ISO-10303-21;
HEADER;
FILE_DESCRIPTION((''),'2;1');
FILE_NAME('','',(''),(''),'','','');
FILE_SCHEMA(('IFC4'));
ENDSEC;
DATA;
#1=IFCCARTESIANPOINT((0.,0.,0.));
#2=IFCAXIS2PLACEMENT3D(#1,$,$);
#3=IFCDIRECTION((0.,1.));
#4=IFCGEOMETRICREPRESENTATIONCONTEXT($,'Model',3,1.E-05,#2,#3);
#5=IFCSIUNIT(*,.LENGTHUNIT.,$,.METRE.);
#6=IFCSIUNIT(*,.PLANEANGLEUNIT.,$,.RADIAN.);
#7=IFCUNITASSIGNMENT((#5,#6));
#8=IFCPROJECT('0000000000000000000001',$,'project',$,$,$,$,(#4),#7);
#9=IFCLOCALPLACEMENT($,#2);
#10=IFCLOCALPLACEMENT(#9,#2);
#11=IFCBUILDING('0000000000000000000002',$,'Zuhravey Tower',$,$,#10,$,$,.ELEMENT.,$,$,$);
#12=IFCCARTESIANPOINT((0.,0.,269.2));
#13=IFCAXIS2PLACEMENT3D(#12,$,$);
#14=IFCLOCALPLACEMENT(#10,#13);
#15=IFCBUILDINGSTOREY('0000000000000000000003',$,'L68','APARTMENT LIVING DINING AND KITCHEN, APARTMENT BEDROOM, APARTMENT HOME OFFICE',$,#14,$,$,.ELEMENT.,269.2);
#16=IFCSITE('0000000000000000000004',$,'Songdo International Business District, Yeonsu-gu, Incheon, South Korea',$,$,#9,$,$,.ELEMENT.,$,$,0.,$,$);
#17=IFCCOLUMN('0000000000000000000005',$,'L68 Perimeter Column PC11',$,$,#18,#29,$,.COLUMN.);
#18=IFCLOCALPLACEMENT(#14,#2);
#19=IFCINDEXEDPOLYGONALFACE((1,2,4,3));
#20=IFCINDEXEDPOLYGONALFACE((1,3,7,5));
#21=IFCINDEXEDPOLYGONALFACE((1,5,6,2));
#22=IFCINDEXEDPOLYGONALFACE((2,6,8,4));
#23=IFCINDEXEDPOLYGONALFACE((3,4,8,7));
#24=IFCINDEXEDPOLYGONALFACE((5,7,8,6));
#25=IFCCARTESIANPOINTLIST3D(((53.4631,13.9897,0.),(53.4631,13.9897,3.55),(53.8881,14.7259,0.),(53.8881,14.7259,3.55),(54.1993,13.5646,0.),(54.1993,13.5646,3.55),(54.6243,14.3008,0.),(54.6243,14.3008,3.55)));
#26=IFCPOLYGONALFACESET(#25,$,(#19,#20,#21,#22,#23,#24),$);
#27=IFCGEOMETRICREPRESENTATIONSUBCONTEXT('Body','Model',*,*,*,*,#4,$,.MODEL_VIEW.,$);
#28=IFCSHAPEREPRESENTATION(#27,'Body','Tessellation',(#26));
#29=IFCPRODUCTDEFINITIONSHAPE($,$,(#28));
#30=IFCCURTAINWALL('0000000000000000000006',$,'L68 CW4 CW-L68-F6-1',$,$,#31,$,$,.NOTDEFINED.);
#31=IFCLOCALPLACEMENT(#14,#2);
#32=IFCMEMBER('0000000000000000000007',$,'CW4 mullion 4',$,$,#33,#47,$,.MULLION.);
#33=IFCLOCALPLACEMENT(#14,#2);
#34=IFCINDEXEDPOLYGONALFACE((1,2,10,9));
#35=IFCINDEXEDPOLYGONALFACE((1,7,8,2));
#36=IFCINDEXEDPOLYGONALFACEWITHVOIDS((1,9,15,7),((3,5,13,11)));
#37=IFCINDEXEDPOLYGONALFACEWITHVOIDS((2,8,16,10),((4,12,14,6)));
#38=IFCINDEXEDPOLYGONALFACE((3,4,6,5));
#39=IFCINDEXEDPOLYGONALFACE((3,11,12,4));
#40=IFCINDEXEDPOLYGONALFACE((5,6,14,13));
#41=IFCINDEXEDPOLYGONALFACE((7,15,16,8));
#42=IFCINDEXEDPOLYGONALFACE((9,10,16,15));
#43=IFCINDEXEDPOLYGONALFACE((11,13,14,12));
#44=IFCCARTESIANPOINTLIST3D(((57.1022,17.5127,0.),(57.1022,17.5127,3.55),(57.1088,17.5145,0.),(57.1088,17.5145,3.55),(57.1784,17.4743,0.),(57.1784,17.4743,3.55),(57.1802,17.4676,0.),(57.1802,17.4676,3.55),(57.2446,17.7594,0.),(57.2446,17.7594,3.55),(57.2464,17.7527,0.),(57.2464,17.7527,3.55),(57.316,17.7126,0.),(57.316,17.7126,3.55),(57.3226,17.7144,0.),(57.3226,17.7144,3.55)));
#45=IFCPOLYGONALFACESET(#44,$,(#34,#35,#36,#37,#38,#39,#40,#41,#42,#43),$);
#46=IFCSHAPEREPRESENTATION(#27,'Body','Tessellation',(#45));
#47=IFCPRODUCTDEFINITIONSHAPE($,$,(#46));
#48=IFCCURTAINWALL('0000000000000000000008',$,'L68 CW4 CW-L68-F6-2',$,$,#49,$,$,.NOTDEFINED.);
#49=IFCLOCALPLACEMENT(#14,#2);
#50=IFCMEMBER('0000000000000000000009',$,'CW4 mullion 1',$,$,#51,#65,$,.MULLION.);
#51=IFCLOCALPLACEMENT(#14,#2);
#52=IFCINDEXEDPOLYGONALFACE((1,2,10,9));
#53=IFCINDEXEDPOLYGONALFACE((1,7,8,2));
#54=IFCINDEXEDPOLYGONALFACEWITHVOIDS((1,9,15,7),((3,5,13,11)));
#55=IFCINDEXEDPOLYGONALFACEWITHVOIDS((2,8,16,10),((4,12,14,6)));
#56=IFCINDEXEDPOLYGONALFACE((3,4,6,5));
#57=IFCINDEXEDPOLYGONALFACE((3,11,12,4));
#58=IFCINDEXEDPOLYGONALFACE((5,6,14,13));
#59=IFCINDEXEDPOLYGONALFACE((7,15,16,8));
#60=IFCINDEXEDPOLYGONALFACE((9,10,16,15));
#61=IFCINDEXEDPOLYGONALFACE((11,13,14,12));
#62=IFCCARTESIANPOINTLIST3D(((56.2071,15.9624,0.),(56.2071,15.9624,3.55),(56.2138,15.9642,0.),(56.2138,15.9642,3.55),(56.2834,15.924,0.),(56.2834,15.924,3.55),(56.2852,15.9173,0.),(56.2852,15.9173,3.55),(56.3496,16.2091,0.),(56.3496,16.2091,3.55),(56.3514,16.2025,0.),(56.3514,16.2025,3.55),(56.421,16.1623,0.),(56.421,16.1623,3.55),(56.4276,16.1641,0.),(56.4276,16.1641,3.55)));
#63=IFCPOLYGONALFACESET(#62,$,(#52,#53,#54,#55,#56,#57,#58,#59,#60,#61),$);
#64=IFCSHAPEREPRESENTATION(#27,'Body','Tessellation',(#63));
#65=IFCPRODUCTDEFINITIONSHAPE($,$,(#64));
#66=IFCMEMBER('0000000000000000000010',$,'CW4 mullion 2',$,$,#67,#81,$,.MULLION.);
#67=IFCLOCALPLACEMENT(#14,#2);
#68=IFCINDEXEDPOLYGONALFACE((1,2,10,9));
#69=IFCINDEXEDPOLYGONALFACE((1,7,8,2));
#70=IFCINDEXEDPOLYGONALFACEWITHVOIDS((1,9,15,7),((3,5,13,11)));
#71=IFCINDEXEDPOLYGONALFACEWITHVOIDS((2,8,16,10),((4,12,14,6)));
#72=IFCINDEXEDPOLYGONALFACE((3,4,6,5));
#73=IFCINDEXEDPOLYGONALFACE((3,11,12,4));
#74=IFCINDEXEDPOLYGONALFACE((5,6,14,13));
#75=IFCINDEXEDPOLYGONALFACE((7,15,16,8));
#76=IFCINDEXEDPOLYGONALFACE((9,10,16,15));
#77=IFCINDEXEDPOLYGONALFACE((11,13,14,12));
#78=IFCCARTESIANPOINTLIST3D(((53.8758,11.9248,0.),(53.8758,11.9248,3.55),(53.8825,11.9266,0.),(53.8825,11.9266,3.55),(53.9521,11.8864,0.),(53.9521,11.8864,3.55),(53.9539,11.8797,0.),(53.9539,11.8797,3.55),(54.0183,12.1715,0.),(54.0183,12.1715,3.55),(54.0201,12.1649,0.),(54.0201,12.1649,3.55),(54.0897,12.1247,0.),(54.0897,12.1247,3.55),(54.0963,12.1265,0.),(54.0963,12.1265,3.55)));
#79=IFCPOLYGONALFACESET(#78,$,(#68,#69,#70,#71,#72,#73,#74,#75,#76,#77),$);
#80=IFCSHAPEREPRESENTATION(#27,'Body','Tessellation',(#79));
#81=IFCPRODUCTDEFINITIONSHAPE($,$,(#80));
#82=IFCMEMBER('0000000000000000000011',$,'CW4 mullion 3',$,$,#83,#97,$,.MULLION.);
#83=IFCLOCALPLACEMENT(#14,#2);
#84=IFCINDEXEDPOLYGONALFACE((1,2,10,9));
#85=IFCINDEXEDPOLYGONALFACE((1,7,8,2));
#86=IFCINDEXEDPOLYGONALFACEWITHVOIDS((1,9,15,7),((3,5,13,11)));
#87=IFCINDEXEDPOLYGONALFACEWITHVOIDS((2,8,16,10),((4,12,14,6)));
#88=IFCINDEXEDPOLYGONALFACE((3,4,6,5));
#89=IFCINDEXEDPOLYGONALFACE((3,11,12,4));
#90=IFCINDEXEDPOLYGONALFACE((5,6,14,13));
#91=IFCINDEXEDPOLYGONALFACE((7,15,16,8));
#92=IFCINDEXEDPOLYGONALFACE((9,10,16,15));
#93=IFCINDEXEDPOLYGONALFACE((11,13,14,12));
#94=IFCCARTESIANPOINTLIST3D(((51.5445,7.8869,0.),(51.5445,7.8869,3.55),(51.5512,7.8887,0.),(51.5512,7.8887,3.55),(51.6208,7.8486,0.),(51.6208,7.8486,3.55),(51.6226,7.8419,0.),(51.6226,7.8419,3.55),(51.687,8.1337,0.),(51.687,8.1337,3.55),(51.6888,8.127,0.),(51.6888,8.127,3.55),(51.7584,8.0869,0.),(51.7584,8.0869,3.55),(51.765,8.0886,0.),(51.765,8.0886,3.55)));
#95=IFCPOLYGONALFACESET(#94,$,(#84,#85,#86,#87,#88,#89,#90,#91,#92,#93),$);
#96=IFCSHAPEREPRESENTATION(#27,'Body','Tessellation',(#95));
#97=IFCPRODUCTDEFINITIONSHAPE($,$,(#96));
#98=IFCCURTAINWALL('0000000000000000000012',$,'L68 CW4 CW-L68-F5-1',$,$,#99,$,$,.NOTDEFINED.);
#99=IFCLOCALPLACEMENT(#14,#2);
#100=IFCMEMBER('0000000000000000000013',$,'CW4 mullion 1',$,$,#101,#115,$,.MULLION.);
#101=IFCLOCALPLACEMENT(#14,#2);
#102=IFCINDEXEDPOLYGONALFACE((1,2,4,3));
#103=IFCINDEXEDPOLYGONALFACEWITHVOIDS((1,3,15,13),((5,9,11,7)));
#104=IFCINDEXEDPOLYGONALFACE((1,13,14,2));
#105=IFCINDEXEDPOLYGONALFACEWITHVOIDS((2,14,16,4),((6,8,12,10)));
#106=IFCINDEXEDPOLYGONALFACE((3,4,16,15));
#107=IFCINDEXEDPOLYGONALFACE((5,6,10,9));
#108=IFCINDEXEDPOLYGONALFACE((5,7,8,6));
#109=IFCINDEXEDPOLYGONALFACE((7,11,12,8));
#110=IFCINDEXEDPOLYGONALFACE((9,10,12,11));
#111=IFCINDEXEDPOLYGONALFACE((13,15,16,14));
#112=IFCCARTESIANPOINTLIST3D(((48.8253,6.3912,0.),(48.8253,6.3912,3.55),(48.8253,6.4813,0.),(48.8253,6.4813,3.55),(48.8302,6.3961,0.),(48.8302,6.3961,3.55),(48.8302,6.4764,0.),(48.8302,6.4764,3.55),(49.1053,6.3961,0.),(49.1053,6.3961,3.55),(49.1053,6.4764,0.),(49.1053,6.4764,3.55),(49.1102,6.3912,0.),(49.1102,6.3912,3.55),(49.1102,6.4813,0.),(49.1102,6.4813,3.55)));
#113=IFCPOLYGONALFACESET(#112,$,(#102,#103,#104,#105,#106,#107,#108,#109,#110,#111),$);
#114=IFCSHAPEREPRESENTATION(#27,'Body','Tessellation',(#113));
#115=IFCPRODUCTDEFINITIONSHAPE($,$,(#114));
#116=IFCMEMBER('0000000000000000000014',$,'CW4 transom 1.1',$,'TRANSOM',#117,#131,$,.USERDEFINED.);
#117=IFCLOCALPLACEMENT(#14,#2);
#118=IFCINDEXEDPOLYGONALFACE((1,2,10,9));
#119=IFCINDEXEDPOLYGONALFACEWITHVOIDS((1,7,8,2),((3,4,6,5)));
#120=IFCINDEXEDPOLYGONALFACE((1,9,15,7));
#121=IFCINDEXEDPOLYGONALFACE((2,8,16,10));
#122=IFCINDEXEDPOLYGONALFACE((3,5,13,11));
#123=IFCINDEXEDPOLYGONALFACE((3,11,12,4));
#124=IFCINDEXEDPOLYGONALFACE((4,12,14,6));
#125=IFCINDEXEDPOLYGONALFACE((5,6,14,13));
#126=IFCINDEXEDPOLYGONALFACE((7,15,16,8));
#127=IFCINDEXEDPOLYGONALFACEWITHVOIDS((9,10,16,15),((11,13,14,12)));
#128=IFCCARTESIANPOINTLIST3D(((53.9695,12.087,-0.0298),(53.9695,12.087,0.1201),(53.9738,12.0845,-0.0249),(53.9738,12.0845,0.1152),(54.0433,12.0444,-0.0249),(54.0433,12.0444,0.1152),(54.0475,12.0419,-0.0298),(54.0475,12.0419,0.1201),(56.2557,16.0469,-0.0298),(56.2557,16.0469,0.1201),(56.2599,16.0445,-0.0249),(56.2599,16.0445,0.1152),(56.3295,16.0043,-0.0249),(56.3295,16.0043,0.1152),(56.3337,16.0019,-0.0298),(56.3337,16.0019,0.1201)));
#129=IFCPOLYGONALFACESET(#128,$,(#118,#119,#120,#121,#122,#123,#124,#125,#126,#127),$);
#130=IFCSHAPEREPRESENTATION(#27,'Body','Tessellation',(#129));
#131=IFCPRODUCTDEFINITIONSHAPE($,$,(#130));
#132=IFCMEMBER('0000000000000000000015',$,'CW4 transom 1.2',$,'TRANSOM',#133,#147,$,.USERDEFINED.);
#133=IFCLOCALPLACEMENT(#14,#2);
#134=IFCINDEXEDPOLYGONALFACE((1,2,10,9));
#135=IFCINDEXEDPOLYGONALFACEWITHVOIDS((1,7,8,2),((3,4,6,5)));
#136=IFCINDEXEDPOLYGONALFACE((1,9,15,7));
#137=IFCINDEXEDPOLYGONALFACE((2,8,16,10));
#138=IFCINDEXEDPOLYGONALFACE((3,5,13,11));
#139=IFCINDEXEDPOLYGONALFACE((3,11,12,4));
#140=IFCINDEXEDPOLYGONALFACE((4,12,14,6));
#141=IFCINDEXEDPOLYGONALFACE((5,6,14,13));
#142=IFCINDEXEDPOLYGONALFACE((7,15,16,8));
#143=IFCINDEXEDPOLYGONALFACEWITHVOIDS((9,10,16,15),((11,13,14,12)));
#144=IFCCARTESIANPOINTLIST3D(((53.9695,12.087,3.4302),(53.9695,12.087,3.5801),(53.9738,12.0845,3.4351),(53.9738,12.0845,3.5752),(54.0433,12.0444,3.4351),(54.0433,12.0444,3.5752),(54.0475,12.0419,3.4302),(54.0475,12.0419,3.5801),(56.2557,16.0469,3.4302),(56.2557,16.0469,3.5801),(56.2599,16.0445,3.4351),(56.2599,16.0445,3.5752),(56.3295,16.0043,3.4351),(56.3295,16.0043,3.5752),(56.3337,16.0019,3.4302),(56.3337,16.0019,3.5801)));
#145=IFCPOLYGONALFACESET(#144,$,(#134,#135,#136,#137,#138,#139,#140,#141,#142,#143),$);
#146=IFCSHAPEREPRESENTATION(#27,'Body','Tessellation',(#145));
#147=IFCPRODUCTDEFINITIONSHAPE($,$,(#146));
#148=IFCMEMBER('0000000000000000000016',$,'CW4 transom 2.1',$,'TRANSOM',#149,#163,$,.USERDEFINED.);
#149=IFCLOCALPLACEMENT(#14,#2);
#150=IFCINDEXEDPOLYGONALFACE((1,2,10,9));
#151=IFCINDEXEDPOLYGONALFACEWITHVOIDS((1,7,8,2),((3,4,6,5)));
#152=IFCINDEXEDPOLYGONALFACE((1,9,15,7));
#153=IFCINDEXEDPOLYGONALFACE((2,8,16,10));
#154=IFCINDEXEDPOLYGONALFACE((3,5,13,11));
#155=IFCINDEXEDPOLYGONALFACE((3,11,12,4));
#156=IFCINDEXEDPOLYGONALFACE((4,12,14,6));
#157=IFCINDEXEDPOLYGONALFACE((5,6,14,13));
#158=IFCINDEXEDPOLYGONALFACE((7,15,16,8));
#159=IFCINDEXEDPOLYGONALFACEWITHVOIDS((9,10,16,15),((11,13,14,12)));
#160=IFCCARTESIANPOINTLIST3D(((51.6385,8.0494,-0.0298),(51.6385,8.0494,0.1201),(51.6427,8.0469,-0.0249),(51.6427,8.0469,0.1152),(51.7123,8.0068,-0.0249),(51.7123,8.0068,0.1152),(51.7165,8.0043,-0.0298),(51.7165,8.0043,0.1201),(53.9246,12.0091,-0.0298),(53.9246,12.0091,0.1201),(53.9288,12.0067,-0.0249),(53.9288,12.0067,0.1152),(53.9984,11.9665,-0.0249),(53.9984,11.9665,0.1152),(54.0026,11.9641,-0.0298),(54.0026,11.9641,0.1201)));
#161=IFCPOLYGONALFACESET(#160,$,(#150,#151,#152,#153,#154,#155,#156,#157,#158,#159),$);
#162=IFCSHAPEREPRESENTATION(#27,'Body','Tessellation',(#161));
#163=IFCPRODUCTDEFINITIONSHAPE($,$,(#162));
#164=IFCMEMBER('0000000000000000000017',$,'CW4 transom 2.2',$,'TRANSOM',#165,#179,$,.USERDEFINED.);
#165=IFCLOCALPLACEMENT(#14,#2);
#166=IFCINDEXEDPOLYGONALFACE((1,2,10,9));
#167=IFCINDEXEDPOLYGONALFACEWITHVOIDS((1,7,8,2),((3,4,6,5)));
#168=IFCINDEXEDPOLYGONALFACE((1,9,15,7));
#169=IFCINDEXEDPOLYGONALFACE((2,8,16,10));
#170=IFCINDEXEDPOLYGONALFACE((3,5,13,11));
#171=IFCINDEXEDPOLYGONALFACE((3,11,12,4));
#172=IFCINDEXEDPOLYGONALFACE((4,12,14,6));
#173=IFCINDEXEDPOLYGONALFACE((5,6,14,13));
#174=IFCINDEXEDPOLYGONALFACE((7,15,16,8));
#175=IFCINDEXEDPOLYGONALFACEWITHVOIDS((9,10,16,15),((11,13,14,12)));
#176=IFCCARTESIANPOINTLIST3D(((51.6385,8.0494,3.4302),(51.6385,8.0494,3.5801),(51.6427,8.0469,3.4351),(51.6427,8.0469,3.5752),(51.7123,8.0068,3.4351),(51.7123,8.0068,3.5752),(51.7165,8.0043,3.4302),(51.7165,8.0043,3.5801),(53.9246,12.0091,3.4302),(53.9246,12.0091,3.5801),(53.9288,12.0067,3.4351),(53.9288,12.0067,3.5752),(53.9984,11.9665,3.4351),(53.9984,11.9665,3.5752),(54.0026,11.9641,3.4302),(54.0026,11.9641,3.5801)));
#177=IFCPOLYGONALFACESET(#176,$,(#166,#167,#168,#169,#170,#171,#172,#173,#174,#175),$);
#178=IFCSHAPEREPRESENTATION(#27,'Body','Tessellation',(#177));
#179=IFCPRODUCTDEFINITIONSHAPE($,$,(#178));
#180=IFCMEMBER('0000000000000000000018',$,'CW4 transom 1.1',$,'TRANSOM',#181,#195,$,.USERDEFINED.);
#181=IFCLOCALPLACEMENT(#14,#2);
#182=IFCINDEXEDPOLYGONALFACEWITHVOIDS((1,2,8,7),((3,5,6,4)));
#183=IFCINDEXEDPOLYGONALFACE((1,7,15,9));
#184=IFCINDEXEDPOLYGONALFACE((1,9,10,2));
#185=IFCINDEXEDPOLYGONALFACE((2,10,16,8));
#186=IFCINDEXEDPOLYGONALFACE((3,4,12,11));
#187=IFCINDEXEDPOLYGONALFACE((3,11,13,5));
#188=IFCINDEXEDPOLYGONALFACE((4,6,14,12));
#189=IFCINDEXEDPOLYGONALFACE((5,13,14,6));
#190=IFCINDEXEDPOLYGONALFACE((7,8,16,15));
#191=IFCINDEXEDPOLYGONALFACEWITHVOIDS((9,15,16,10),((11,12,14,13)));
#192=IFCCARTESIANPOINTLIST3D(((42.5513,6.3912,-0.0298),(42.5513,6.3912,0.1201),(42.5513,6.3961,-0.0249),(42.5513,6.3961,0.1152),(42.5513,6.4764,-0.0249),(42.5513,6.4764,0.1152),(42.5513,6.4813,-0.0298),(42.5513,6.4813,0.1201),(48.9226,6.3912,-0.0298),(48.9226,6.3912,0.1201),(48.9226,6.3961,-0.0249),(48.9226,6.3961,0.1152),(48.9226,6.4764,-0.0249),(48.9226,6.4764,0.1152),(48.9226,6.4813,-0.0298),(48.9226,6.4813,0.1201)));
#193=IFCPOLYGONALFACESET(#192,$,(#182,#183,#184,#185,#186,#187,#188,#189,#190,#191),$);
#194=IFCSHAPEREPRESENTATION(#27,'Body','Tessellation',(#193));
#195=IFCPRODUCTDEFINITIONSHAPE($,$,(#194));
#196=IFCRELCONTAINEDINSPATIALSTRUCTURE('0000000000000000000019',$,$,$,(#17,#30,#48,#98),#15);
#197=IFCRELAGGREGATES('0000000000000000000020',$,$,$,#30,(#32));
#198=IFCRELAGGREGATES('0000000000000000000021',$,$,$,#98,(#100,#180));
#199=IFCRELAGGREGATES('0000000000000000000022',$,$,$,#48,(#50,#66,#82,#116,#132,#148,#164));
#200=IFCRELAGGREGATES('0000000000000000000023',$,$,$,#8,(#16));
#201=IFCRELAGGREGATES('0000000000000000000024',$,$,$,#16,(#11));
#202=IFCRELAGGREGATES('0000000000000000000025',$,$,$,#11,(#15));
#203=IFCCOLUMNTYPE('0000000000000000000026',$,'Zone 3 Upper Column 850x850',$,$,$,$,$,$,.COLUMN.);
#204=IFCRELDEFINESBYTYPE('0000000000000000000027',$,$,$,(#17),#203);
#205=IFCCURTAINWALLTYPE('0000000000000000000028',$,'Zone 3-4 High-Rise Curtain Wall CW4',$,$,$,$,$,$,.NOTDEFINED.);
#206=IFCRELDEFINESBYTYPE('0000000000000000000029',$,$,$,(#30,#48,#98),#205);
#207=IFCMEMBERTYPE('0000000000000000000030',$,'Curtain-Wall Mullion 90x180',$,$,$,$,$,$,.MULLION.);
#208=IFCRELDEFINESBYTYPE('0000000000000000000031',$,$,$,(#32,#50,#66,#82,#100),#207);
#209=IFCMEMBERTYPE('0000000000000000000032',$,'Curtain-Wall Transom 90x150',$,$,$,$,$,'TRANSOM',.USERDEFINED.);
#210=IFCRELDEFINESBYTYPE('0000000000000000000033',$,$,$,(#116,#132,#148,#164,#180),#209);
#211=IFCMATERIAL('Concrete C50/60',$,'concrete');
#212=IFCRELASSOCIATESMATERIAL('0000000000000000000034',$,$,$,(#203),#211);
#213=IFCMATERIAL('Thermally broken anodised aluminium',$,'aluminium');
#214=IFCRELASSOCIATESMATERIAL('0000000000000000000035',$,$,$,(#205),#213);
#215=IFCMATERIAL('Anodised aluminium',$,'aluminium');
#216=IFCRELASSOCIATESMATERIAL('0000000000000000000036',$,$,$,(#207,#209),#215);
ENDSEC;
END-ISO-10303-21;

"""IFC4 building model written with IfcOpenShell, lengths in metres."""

from ifc_helpers import new_model, si_unit, direction, frame, origin, origin_2d, place, context, subcontext, project, spatial, rectangle, hollow_rectangle, extrude, material, material_profile, profile_set, type_object, element, aggregate, save


model = new_model("IFC4")

# Units and contexts
model_context = context("Model", 3, precision=1e-05, world=origin(), true_north=direction((0.0, 1.0)))
body_context = subcontext(model_context, "Body", "Model", "MODEL_VIEW")
ifc_project = project(units=[si_unit("LENGTHUNIT", "METRE"), si_unit("PLANEANGLEUNIT", "RADIAN")], contexts=[model_context])

# Site, building, storey
site_placement = place(None, origin())
site = spatial("IfcSite", under=ifc_project, at=site_placement, Name="Songdo International Business District, Yeonsu-gu, Incheon, South Korea", CompositionType="ELEMENT", RefElevation=0.0)
building_placement = place(site_placement, origin())
building = spatial("IfcBuilding", under=site, at=building_placement, Name="Zuhravey Tower", CompositionType="ELEMENT")
storey_placement = place(building_placement, frame((0.0, 0.0, 269.2)))
storey = spatial("IfcBuildingStorey", under=building, at=storey_placement, Name="L68", Description="APARTMENT LIVING DINING AND KITCHEN, APARTMENT BEDROOM, APARTMENT HOME OFFICE", CompositionType="ELEMENT", Elevation=269.2)

# Column
ifc_material_1 = material(Name="Concrete C50/60", Category="concrete")
ifc_material_profile_1 = material_profile(ifc_material_1, rectangle(XDim=0.8501, YDim=0.8501, at=origin_2d()), Name="RC-850x850")
ifc_profile_set_1 = profile_set([ifc_material_profile_1], Name="Concrete C50/60")
column_type = type_object("IfcColumnType", Name="Zone 3 Upper Column 850x850", PredefinedType="COLUMN", material=ifc_profile_set_1)
column_placement = place(storey_placement, frame((54.0437, 14.1453, 0.0), z_axis=(0.0, 0.0, 1.0), x_axis=(0.5, 0.866025, 0.0)))
element("IfcColumn", 1, at=column_placement, inside=storey, type_object=column_type, Name="L68 Perimeter Column PC11", PredefinedType="COLUMN", context=body_context, shape_type="SweptSolid", body=[
    extrude(rectangle(XDim=0.8501, YDim=0.8501, at=origin_2d()), origin(), (0.0, 0.0, 1.0), 3.55),
])

# Curtain wall, member
ifc_material_2 = material(Name="Thermally broken anodised aluminium", Category="aluminium")
curtain_wall_type = type_object("IfcCurtainWallType", Name="Zone 3-4 High-Rise Curtain Wall CW4", PredefinedType="NOTDEFINED", material=ifc_material_2)
curtain_wall_1_placement = place(storey_placement, origin())
curtain_wall_1 = element("IfcCurtainWall", 2, at=curtain_wall_1_placement, inside=storey, type_object=curtain_wall_type, Name="L68 CW4 CW-L68-F6-1", PredefinedType="NOTDEFINED")
ifc_material_3 = material(Name="Anodised aluminium", Category="aluminium")
ifc_material_profile_2 = material_profile(ifc_material_3, hollow_rectangle(XDim=0.0901, YDim=0.2849, WallThickness=0.0049, at=origin_2d()), Name="ALU-RHS-90x285x5")
ifc_profile_set_2 = profile_set([ifc_material_profile_2], Name="Anodised aluminium")
member_type_1 = type_object("IfcMemberType", Name="Curtain-Wall Mullion 90x180", PredefinedType="MULLION", material=ifc_profile_set_2)
member_1_placement = place(storey_placement, frame((57.2124, 17.6135, 0.0), z_axis=(0.0, 0.0, 1.0), x_axis=(0.866026, -0.499999, 0.0)))
member_1 = element("IfcMember", 3, at=member_1_placement, type_object=member_type_1, Name="CW4 mullion 4", PredefinedType="MULLION", context=body_context, shape_type="SweptSolid", body=[
    extrude(hollow_rectangle(XDim=0.0901, YDim=0.2849, WallThickness=0.0049, at=origin_2d()), origin(), (0.0, 0.0, 1.0), 3.55),
])
aggregate(curtain_wall_1, [member_1])

# Curtain wall, members
curtain_wall_2_placement = place(storey_placement, origin())
curtain_wall_2 = element("IfcCurtainWall", 4, at=curtain_wall_2_placement, inside=storey, type_object=curtain_wall_type, Name="L68 CW4 CW-L68-F6-2", PredefinedType="NOTDEFINED")
member_2_placement = place(storey_placement, frame((56.3174, 16.0632, 0.0), z_axis=(0.0, 0.0, 1.0), x_axis=(0.866024, -0.500003, 0.0)))
member_2 = element("IfcMember", 5, at=member_2_placement, type_object=member_type_1, Name="CW4 mullion 1", PredefinedType="MULLION", context=body_context, shape_type="SweptSolid", body=[
    extrude(hollow_rectangle(XDim=0.0901, YDim=0.2849, WallThickness=0.0049, at=origin_2d()), origin(), (0.0, 0.0, 1.0), 3.55),
])
member_3_placement = place(storey_placement, frame((53.9861, 12.0256, 0.0), z_axis=(0.0, 0.0, 1.0), x_axis=(0.866024, -0.500003, 0.0)))
member_3 = element("IfcMember", 6, at=member_3_placement, type_object=member_type_1, Name="CW4 mullion 2", PredefinedType="MULLION", context=body_context, shape_type="SweptSolid", body=[
    extrude(hollow_rectangle(XDim=0.0901, YDim=0.2849, WallThickness=0.0049, at=origin_2d()), origin(), (0.0, 0.0, 1.0), 3.55),
])
member_4_placement = place(storey_placement, frame((51.6548, 7.9878, 0.0), z_axis=(0.0, 0.0, 1.0), x_axis=(0.866024, -0.500003, 0.0)))
member_4 = element("IfcMember", 7, at=member_4_placement, type_object=member_type_1, Name="CW4 mullion 3", PredefinedType="MULLION", context=body_context, shape_type="SweptSolid", body=[
    extrude(hollow_rectangle(XDim=0.0901, YDim=0.2849, WallThickness=0.0049, at=origin_2d()), origin(), (0.0, 0.0, 1.0), 3.55),
])

# Curtain wall, member
curtain_wall_3_placement = place(storey_placement, origin())
curtain_wall_3 = element("IfcCurtainWall", 8, at=curtain_wall_3_placement, inside=storey, type_object=curtain_wall_type, Name="L68 CW4 CW-L68-F5-1", PredefinedType="NOTDEFINED")
member_5_placement = place(storey_placement, frame((48.9678, 6.4363, 0.0), z_axis=(0.0, 0.0, 1.0), x_axis=(0.0, -1.0, 0.0)))
member_5 = element("IfcMember", 9, at=member_5_placement, type_object=member_type_1, Name="CW4 mullion 1", PredefinedType="MULLION", context=body_context, shape_type="SweptSolid", body=[
    extrude(hollow_rectangle(XDim=0.0901, YDim=0.2849, WallThickness=0.0049, at=origin_2d()), origin(), (0.0, 0.0, 1.0), 3.55),
])

# Members
ifc_material_profile_3 = material_profile(ifc_material_3, hollow_rectangle(XDim=0.0901, YDim=0.1499, WallThickness=0.0049, at=origin_2d()), Name="ALU-RHS-90x150x5")
ifc_profile_set_3 = profile_set([ifc_material_profile_3], Name="Anodised aluminium")
member_type_2 = type_object("IfcMemberType", Name="Curtain-Wall Transom 90x150", ElementType="TRANSOM", PredefinedType="USERDEFINED", material=ifc_profile_set_3)
member_6_placement = place(storey_placement, frame((56.2947, 16.0244, 0.0452), z_axis=(-0.499975, -0.86604, 0.0), x_axis=(0.86604, -0.499975, 0.0)))
member_6 = element("IfcMember", 10, at=member_6_placement, type_object=member_type_2, Name="CW4 transom 1.1", ObjectType="TRANSOM", PredefinedType="USERDEFINED", context=body_context, shape_type="SweptSolid", body=[
    extrude(hollow_rectangle(XDim=0.0901, YDim=0.1499, WallThickness=0.0049, at=origin_2d()), origin(), (0.0, 0.0, 1.0), 4.5725),
])
member_7_placement = place(storey_placement, frame((56.2947, 16.0244, 3.5051), z_axis=(-0.499975, -0.86604, 0.0), x_axis=(0.86604, -0.499975, 0.0)))
member_7 = element("IfcMember", 11, at=member_7_placement, type_object=member_type_2, Name="CW4 transom 1.2", ObjectType="TRANSOM", PredefinedType="USERDEFINED", context=body_context, shape_type="SweptSolid", body=[
    extrude(hollow_rectangle(XDim=0.0901, YDim=0.1499, WallThickness=0.0049, at=origin_2d()), origin(), (0.0, 0.0, 1.0), 4.5725),
])
member_8_placement = place(storey_placement, frame((53.9636, 11.9866, 0.0452), z_axis=(-0.499998, -0.866026, 0.0), x_axis=(0.866026, -0.499998, 0.0)))
member_8 = element("IfcMember", 12, at=member_8_placement, type_object=member_type_2, Name="CW4 transom 2.1", ObjectType="TRANSOM", PredefinedType="USERDEFINED", context=body_context, shape_type="SweptSolid", body=[
    extrude(hollow_rectangle(XDim=0.0901, YDim=0.1499, WallThickness=0.0049, at=origin_2d()), origin(), (0.0, 0.0, 1.0), 4.5723),
])
member_9_placement = place(storey_placement, frame((53.9636, 11.9866, 3.5051), z_axis=(-0.499998, -0.866026, 0.0), x_axis=(0.866026, -0.499998, 0.0)))
member_9 = element("IfcMember", 13, at=member_9_placement, type_object=member_type_2, Name="CW4 transom 2.2", ObjectType="TRANSOM", PredefinedType="USERDEFINED", context=body_context, shape_type="SweptSolid", body=[
    extrude(hollow_rectangle(XDim=0.0901, YDim=0.1499, WallThickness=0.0049, at=origin_2d()), origin(), (0.0, 0.0, 1.0), 4.5723),
])
member_10_placement = place(storey_placement, frame((48.9226, 6.4363, 0.0452), z_axis=(-1.0, 0.0, 0.0), x_axis=(0.0, -1.0, 0.0)))
member_10 = element("IfcMember", 14, at=member_10_placement, type_object=member_type_2, Name="CW4 transom 1.1", ObjectType="TRANSOM", PredefinedType="USERDEFINED", context=body_context, shape_type="SweptSolid", body=[
    extrude(hollow_rectangle(XDim=0.0901, YDim=0.1499, WallThickness=0.0049, at=origin_2d()), origin(), (0.0, 0.0, 1.0), 6.3713),
])
aggregate(curtain_wall_3, [member_5, member_10])

aggregate(curtain_wall_2, [member_2, member_3, member_4, member_6, member_7, member_8, member_9])

save(model, "model.ifc")
